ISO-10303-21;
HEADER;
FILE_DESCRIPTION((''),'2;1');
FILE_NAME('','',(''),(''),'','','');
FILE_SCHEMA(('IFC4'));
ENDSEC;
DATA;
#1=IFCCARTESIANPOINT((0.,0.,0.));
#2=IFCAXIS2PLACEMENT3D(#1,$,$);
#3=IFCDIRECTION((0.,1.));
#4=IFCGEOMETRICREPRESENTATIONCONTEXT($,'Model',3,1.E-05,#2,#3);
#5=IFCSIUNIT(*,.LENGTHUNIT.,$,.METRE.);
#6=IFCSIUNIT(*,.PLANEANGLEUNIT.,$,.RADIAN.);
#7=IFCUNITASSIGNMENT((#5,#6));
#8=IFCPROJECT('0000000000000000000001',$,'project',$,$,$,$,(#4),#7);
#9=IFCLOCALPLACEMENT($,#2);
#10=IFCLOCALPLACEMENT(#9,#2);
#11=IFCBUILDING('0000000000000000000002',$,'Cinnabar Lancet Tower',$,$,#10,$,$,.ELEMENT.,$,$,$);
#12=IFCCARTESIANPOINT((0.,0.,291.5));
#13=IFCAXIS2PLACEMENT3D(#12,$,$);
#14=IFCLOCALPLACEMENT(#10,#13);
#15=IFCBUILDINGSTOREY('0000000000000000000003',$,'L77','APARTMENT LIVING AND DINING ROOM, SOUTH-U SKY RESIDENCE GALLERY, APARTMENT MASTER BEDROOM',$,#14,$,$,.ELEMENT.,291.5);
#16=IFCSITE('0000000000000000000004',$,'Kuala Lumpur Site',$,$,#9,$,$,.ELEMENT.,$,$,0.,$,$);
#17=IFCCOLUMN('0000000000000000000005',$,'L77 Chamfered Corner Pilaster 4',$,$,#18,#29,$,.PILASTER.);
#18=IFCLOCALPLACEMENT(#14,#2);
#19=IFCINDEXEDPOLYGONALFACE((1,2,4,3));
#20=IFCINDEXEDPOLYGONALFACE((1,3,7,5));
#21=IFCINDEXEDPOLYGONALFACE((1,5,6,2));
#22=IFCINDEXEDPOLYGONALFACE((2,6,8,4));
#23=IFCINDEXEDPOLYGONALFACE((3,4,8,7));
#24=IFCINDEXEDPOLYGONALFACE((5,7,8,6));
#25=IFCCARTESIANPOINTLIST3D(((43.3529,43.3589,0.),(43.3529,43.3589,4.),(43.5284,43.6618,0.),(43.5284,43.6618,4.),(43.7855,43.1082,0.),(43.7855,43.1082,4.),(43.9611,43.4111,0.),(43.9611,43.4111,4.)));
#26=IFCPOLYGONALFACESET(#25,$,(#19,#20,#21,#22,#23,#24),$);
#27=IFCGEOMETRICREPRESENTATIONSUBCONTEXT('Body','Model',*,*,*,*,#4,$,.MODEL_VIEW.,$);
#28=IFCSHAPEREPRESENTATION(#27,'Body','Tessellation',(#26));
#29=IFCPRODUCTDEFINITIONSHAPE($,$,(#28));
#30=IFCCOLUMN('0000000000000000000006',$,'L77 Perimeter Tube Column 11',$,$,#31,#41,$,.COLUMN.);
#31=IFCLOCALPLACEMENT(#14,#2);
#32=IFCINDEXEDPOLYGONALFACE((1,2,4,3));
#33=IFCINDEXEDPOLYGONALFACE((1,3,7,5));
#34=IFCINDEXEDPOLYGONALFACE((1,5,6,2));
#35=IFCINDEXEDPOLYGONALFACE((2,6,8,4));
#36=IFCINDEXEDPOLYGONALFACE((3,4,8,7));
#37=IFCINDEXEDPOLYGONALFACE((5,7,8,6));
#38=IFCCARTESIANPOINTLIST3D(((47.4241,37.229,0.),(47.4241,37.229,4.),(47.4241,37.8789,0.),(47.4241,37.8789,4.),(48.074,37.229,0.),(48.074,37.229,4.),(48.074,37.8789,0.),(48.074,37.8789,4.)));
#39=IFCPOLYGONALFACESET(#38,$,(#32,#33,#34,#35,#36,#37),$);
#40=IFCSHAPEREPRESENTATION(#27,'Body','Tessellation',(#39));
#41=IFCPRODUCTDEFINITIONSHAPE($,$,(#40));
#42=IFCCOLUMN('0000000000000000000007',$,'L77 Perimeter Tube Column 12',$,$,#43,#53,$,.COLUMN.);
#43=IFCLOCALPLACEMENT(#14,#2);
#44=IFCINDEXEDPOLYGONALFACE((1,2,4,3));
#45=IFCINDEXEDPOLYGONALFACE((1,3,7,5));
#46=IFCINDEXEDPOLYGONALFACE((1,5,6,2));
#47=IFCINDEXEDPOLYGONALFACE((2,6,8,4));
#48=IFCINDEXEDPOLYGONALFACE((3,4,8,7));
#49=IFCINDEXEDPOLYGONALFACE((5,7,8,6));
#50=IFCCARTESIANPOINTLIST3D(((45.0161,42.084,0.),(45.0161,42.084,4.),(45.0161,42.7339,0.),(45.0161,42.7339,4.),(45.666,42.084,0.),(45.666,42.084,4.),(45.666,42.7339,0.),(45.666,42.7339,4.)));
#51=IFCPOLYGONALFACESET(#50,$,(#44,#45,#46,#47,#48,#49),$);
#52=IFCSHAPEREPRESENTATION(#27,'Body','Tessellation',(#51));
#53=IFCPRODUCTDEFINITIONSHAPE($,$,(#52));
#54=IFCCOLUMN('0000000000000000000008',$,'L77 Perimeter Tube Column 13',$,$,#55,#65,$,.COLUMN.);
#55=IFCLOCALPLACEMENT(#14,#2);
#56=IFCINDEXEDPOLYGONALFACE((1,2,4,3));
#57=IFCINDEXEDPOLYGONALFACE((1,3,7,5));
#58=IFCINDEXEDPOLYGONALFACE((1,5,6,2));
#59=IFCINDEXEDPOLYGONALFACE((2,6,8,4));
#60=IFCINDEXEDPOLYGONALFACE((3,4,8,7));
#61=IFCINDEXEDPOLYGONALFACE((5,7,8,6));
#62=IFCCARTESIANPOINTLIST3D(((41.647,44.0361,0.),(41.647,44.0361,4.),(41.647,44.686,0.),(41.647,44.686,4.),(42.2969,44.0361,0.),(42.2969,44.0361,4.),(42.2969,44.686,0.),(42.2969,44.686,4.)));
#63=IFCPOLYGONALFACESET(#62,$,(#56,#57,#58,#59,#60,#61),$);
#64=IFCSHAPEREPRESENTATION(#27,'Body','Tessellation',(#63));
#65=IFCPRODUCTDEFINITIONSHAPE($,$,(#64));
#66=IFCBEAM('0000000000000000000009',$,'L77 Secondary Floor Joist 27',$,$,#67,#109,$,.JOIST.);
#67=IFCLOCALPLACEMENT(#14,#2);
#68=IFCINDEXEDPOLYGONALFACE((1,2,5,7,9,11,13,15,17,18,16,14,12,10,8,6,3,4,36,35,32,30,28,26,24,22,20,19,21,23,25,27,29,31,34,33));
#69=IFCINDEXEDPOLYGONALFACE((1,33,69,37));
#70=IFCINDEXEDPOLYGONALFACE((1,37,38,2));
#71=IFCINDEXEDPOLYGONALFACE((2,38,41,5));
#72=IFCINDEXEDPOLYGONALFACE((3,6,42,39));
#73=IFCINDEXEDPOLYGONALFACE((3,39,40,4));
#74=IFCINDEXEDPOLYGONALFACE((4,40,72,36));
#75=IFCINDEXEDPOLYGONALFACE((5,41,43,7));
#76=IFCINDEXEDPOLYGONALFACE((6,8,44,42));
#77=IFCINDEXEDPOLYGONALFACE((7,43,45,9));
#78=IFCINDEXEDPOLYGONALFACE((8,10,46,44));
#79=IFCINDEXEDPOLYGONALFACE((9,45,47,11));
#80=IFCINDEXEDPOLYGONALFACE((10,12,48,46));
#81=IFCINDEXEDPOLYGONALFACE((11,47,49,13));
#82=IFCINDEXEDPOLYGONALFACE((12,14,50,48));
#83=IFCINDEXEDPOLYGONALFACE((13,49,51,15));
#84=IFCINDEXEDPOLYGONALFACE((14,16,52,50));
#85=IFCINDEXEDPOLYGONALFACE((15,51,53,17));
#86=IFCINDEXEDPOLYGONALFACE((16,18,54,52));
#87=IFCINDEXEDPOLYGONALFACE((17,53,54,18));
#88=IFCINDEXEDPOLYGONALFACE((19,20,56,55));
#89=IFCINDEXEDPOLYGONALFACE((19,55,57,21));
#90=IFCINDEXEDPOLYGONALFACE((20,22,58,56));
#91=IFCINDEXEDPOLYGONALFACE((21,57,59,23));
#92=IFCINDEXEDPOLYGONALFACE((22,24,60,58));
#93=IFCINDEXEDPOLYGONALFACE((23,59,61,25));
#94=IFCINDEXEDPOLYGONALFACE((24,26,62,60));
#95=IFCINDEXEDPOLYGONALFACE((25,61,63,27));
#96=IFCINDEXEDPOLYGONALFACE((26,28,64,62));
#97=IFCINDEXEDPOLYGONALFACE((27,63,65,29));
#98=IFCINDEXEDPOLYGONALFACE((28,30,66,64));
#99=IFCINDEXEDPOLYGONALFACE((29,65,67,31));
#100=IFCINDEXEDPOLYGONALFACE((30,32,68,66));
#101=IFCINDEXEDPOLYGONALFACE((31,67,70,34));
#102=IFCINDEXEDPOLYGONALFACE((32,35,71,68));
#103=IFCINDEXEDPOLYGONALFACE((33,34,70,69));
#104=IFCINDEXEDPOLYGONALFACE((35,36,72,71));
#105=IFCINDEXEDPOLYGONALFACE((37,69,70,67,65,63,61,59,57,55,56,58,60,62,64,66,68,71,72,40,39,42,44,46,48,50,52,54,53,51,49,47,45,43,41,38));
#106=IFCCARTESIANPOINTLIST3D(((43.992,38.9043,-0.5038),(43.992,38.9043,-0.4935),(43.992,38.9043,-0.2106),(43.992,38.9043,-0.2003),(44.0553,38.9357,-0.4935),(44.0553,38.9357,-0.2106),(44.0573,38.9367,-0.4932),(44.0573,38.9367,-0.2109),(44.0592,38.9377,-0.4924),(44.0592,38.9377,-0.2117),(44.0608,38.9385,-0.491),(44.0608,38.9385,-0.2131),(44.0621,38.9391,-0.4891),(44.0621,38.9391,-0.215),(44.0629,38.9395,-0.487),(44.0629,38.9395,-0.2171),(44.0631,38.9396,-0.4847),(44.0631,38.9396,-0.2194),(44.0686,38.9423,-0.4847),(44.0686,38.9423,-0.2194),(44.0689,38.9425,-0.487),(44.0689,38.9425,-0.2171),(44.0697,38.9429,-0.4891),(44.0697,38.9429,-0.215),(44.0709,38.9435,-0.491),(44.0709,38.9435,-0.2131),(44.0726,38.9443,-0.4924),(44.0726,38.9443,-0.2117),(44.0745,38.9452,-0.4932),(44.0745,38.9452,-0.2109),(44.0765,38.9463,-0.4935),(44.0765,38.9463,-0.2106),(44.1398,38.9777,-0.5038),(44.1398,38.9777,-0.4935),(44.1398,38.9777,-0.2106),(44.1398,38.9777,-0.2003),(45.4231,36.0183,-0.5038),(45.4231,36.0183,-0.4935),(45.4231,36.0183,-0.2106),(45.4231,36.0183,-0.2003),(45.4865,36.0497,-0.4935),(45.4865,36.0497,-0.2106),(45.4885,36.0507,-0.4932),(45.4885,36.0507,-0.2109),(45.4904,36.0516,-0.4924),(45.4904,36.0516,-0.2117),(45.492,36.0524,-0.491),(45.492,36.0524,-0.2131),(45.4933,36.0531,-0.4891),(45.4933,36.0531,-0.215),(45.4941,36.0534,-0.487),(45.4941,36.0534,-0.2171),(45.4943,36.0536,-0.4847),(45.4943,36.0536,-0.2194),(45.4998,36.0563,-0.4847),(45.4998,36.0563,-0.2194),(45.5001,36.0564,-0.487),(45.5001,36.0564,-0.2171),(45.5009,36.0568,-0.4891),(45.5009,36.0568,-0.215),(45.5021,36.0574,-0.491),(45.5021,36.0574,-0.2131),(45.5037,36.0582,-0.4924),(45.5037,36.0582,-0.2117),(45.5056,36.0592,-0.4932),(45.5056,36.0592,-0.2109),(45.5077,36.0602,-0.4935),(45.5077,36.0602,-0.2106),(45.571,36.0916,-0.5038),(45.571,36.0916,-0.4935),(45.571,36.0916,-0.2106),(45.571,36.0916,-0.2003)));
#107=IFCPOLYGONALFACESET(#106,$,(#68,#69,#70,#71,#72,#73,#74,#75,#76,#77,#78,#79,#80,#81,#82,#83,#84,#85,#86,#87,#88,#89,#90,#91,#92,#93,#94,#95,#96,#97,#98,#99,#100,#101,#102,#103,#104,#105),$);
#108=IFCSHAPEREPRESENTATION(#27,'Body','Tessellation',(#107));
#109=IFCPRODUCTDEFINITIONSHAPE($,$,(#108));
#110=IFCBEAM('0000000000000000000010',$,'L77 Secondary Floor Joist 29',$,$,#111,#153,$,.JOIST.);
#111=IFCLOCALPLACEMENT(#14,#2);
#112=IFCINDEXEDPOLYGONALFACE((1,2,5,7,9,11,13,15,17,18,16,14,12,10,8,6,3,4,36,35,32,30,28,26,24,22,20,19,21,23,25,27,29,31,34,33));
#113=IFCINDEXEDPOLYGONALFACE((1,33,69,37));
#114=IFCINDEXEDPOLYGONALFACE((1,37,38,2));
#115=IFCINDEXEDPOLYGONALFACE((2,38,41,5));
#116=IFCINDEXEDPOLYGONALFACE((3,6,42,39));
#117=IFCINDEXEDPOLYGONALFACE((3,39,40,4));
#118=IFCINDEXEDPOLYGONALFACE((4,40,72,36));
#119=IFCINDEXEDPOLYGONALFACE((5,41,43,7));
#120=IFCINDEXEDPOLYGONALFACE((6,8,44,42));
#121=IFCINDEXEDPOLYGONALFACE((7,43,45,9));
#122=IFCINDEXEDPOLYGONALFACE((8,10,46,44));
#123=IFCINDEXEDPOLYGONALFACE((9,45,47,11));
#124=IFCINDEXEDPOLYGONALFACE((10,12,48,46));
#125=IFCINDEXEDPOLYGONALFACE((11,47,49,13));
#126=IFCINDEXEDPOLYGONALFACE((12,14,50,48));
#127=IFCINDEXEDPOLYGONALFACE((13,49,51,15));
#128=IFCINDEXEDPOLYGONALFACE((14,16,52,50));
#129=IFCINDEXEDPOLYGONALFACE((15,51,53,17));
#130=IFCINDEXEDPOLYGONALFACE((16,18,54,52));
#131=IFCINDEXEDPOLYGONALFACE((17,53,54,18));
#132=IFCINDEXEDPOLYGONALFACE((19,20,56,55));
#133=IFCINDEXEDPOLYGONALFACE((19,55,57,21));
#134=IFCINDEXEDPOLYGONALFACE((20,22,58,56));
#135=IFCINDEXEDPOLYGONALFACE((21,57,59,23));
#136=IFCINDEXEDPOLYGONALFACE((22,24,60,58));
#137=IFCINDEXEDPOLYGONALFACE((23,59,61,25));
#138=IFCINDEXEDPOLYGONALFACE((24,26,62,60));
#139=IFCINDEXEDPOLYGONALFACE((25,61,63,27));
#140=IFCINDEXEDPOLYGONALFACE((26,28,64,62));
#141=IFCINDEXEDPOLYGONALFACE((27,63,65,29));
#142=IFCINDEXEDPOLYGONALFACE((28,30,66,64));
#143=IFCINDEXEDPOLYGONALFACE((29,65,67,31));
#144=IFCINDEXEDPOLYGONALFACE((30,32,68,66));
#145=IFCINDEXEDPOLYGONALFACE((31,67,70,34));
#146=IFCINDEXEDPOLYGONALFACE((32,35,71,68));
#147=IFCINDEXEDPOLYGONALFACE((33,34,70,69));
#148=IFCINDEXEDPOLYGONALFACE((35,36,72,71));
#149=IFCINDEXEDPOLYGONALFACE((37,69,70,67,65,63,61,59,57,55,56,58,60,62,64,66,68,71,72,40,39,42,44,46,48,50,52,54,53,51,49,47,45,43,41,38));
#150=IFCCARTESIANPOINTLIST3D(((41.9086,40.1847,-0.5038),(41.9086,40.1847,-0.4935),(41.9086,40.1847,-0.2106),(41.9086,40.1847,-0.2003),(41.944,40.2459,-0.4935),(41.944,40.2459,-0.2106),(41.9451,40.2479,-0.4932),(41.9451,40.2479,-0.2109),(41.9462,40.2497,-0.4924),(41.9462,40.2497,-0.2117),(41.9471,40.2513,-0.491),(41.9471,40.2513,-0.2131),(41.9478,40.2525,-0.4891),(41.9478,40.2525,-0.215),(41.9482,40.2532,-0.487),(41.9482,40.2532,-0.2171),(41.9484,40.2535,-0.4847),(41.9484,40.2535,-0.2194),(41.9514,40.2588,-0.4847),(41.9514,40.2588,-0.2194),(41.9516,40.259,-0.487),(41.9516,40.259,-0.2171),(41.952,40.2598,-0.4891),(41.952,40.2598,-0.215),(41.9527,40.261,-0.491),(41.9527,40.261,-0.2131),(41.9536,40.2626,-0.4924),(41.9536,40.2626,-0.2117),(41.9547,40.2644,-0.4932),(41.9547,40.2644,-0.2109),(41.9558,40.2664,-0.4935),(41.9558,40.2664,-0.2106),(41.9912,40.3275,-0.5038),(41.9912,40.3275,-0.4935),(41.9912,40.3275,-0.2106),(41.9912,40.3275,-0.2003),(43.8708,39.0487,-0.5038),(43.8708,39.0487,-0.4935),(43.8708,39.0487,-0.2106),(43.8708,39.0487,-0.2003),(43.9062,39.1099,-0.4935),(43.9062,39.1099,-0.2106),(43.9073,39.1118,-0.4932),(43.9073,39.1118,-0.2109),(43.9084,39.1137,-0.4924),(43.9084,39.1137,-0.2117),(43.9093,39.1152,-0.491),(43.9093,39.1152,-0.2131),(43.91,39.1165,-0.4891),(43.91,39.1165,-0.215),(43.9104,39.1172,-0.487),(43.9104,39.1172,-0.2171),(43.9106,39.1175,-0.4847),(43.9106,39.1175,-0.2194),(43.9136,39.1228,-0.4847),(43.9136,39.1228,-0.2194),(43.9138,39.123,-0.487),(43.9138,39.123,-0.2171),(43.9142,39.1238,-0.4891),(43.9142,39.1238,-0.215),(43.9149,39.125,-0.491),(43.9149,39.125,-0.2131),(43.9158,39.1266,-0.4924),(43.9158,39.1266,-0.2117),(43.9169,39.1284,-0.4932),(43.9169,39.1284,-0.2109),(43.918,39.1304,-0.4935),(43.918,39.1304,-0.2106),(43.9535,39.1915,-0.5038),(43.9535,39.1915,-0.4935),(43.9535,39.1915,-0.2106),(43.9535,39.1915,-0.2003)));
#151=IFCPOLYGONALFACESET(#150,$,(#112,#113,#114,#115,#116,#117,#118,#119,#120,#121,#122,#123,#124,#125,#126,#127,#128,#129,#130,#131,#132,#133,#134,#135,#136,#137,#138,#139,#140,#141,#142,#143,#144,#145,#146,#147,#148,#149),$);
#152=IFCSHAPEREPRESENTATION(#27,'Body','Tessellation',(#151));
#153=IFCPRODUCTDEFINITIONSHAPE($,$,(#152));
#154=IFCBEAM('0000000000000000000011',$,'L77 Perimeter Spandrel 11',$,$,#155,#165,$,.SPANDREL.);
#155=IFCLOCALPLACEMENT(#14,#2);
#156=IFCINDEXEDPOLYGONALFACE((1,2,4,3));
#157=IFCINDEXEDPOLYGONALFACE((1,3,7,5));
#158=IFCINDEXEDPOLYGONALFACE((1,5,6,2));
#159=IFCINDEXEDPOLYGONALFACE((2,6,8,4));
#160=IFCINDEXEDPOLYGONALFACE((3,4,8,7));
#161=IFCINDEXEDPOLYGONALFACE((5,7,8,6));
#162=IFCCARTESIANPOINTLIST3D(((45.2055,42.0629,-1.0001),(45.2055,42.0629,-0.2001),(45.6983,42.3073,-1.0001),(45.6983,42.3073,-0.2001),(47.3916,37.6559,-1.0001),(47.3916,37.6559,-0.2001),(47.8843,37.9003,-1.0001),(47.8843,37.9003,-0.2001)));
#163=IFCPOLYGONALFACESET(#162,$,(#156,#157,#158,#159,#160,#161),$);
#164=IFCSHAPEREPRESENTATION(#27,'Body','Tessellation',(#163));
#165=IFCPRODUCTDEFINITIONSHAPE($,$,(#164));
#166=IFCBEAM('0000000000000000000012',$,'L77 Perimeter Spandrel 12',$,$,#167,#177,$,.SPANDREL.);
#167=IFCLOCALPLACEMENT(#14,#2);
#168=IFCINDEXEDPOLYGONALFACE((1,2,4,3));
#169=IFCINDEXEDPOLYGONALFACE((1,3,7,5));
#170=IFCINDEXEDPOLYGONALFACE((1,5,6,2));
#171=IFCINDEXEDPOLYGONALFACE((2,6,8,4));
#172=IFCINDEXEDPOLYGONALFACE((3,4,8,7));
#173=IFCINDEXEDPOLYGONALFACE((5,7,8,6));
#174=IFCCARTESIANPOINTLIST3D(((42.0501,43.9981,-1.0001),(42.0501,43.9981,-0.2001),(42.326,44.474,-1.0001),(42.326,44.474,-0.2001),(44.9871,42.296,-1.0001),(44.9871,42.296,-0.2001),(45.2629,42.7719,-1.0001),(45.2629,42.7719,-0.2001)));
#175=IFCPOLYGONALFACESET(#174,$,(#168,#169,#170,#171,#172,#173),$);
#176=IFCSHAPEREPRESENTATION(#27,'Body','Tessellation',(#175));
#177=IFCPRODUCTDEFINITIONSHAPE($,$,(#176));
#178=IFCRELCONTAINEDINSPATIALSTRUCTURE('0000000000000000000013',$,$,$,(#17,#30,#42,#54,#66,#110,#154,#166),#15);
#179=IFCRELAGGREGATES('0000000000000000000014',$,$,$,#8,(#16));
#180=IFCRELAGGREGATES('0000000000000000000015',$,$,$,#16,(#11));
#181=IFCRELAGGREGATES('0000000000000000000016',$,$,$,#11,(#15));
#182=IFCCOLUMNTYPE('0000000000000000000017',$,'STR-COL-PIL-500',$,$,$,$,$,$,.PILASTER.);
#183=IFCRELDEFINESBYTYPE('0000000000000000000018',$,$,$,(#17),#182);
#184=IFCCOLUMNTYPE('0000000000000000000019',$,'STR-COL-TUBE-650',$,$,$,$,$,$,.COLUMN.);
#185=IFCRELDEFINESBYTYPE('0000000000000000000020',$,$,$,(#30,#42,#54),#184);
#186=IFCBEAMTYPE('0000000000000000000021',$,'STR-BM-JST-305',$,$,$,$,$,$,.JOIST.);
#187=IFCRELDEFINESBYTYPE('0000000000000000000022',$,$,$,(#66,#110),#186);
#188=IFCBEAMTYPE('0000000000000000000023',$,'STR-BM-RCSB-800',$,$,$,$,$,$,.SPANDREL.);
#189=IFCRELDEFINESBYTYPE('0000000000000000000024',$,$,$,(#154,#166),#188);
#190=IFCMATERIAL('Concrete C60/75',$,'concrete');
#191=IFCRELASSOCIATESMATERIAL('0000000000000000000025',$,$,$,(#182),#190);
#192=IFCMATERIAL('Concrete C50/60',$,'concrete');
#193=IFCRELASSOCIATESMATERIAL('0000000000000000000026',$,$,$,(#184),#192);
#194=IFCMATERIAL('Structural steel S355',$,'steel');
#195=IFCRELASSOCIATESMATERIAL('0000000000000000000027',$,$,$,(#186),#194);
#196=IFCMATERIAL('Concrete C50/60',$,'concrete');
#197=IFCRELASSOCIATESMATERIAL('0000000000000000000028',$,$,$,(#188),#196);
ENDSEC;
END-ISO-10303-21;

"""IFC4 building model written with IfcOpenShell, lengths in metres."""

from ifc_helpers import new_model, si_unit, direction, frame, origin, origin_2d, place, context, subcontext, project, spatial, rectangle, i_section, extrude, material, material_profile, profile_set, type_object, element, save


model = new_model("IFC4")

# Units and contexts
model_context = context("Model", 3, precision=1e-05, world=origin(), true_north=direction((0.0, 1.0)))
body_context = subcontext(model_context, "Body", "Model", "MODEL_VIEW")
ifc_project = project(units=[si_unit("LENGTHUNIT", "METRE"), si_unit("PLANEANGLEUNIT", "RADIAN")], contexts=[model_context])

# Site, building, storey
site_placement = place(None, origin())
site = spatial("IfcSite", under=ifc_project, at=site_placement, Name="Kuala Lumpur Site", CompositionType="ELEMENT", RefElevation=0.0)
building_placement = place(site_placement, origin())
building = spatial("IfcBuilding", under=site, at=building_placement, Name="Cinnabar Lancet Tower", CompositionType="ELEMENT")
storey_placement = place(building_placement, frame((0.0, 0.0, 291.5)))
storey = spatial("IfcBuildingStorey", under=building, at=storey_placement, Name="L77", Description="APARTMENT LIVING AND DINING ROOM, SOUTH-U SKY RESIDENCE GALLERY, APARTMENT MASTER BEDROOM", CompositionType="ELEMENT", Elevation=291.5)

# Columns
ifc_material_1 = material(Name="Concrete C60/75", Category="concrete")
ifc_material_profile_1 = material_profile(ifc_material_1, rectangle(XDim=0.5, YDim=0.3501, at=origin_2d()), Name="RC-PIL 500x350")
ifc_profile_set_1 = profile_set([ifc_material_profile_1], Name="Concrete C60/75")
column_type_1 = type_object("IfcColumnType", Name="STR-COL-PIL-500", PredefinedType="PILASTER", material=ifc_profile_set_1)
column_placement = place(storey_placement, frame((43.657, 43.385, 0.0), z_axis=(0.0, 0.0, 1.0), x_axis=(-0.865256, 0.50133, 0.0)))
element("IfcColumn", 1, at=column_placement, inside=storey, type_object=column_type_1, Name="L77 Chamfered Corner Pilaster 4", PredefinedType="PILASTER", context=body_context, shape_type="SweptSolid", body=[
    extrude(rectangle(XDim=0.5, YDim=0.3501, at=origin_2d()), origin(), (0.0, 0.0, 1.0), 4.0),
])
ifc_material_2 = material(Name="Concrete C50/60", Category="concrete")
ifc_material_profile_2 = material_profile(ifc_material_2, rectangle(XDim=0.6499, YDim=0.6499, at=origin_2d()), Name="RC-COL 650x650")
ifc_profile_set_2 = profile_set([ifc_material_profile_2], Name="Concrete C50/60")
column_type_2 = type_object("IfcColumnType", Name="STR-COL-TUBE-650", PredefinedType="COLUMN", material=ifc_profile_set_2)
for number, where, z_axis, x_axis, name in (
    (2, (47.749, 37.554, 0.0), (0.0, 0.0, 1.0), (1.0, 0.0, 0.0), "L77 Perimeter Tube Column 11"),
    (3, (45.3411, 42.4089, 0.0), (0.0, 0.0, 1.0), (1.0, 0.0, 0.0), "L77 Perimeter Tube Column 12"),
    (4, (41.9719, 44.3611, 0.0), (0.0, 0.0, 1.0), (1.0, 0.0, 0.0), "L77 Perimeter Tube Column 13"),
):
    element("IfcColumn", number, at=place(storey_placement, frame(where, z_axis=z_axis, x_axis=x_axis)), inside=storey, type_object=column_type_2, Name=name, PredefinedType="COLUMN", context=body_context, shape_type="SweptSolid", body=[
        extrude(rectangle(XDim=0.6499, YDim=0.6499, at=origin_2d()), origin(), (0.0, 0.0, 1.0), 4.0),
    ])

# Beams
ifc_material_3 = material(Name="Structural steel S355", Category="steel")
ifc_material_profile_3 = material_profile(ifc_material_3, i_section(OverallWidth=0.165, OverallDepth=0.3035, WebThickness=0.0061, FlangeThickness=0.0103, FilletRadius=0.0088, at=origin_2d()), Name="UKB 305x165x40")
ifc_profile_set_3 = profile_set([ifc_material_profile_3], Name="Structural steel S355")
beam_type_1 = type_object("IfcBeamType", Name="STR-BM-JST-305", PredefinedType="JOIST", material=ifc_profile_set_3)
beam_1_placement = place(storey_placement, frame((45.4971, 36.0549, -0.3521), z_axis=(-0.444271, 0.895893, 0.0), x_axis=(-0.895893, -0.444271, 0.0)))
element("IfcBeam", 5, at=beam_1_placement, inside=storey, type_object=beam_type_1, Name="L77 Secondary Floor Joist 27", PredefinedType="JOIST", context=body_context, shape_type="SweptSolid", body=[
    extrude(i_section(OverallWidth=0.165, OverallDepth=0.3035, WebThickness=0.0061, FlangeThickness=0.0103, FilletRadius=0.0088, at=origin_2d()), origin(), (0.0, 0.0, 1.0), 3.2214),
])
beam_2_placement = place(storey_placement, frame((43.9121, 39.1201, -0.3521), z_axis=(-0.865426, 0.501036, 0.0), x_axis=(-0.501036, -0.865426, 0.0)))
element("IfcBeam", 6, at=beam_2_placement, inside=storey, type_object=beam_type_1, Name="L77 Secondary Floor Joist 29", PredefinedType="JOIST", context=body_context, shape_type="SweptSolid", body=[
    extrude(i_section(OverallWidth=0.165, OverallDepth=0.3035, WebThickness=0.0061, FlangeThickness=0.0103, FilletRadius=0.0088, at=origin_2d()), origin(), (0.0, 0.0, 1.0), 2.2673),
])
ifc_material_4 = material(Name="Concrete C50/60", Category="concrete")
ifc_material_profile_4 = material_profile(ifc_material_4, rectangle(XDim=0.55, YDim=0.8, at=origin_2d()), Name="RC-SB 550x800")
ifc_profile_set_4 = profile_set([ifc_material_profile_4], Name="Concrete C50/60")
beam_type_2 = type_object("IfcBeamType", Name="STR-BM-RCSB-800", PredefinedType="SPANDREL", material=ifc_profile_set_4)
beam_3_placement = place(storey_placement, frame((47.6379, 37.7781, -0.6001), z_axis=(-0.444373, 0.895842, 0.0), x_axis=(-0.895842, -0.444373, 0.0)))
element("IfcBeam", 7, at=beam_3_placement, inside=storey, type_object=beam_type_2, Name="L77 Perimeter Spandrel 11", PredefinedType="SPANDREL", context=body_context, shape_type="SweptSolid", body=[
    extrude(rectangle(XDim=0.55, YDim=0.8, at=origin_2d()), origin(), (0.0, 0.0, 1.0), 4.9194),
])
beam_4_placement = place(storey_placement, frame((45.125, 42.5339, -0.6001), z_axis=(-0.8652, 0.501427, 0.0), x_axis=(-0.501427, -0.8652, 0.0)))
element("IfcBeam", 8, at=beam_4_placement, inside=storey, type_object=beam_type_2, Name="L77 Perimeter Spandrel 12", PredefinedType="SPANDREL", context=body_context, shape_type="SweptSolid", body=[
    extrude(rectangle(XDim=0.55, YDim=0.8, at=origin_2d()), origin(), (0.0, 0.0, 1.0), 3.3945),
])

save(model, "model.ifc")
